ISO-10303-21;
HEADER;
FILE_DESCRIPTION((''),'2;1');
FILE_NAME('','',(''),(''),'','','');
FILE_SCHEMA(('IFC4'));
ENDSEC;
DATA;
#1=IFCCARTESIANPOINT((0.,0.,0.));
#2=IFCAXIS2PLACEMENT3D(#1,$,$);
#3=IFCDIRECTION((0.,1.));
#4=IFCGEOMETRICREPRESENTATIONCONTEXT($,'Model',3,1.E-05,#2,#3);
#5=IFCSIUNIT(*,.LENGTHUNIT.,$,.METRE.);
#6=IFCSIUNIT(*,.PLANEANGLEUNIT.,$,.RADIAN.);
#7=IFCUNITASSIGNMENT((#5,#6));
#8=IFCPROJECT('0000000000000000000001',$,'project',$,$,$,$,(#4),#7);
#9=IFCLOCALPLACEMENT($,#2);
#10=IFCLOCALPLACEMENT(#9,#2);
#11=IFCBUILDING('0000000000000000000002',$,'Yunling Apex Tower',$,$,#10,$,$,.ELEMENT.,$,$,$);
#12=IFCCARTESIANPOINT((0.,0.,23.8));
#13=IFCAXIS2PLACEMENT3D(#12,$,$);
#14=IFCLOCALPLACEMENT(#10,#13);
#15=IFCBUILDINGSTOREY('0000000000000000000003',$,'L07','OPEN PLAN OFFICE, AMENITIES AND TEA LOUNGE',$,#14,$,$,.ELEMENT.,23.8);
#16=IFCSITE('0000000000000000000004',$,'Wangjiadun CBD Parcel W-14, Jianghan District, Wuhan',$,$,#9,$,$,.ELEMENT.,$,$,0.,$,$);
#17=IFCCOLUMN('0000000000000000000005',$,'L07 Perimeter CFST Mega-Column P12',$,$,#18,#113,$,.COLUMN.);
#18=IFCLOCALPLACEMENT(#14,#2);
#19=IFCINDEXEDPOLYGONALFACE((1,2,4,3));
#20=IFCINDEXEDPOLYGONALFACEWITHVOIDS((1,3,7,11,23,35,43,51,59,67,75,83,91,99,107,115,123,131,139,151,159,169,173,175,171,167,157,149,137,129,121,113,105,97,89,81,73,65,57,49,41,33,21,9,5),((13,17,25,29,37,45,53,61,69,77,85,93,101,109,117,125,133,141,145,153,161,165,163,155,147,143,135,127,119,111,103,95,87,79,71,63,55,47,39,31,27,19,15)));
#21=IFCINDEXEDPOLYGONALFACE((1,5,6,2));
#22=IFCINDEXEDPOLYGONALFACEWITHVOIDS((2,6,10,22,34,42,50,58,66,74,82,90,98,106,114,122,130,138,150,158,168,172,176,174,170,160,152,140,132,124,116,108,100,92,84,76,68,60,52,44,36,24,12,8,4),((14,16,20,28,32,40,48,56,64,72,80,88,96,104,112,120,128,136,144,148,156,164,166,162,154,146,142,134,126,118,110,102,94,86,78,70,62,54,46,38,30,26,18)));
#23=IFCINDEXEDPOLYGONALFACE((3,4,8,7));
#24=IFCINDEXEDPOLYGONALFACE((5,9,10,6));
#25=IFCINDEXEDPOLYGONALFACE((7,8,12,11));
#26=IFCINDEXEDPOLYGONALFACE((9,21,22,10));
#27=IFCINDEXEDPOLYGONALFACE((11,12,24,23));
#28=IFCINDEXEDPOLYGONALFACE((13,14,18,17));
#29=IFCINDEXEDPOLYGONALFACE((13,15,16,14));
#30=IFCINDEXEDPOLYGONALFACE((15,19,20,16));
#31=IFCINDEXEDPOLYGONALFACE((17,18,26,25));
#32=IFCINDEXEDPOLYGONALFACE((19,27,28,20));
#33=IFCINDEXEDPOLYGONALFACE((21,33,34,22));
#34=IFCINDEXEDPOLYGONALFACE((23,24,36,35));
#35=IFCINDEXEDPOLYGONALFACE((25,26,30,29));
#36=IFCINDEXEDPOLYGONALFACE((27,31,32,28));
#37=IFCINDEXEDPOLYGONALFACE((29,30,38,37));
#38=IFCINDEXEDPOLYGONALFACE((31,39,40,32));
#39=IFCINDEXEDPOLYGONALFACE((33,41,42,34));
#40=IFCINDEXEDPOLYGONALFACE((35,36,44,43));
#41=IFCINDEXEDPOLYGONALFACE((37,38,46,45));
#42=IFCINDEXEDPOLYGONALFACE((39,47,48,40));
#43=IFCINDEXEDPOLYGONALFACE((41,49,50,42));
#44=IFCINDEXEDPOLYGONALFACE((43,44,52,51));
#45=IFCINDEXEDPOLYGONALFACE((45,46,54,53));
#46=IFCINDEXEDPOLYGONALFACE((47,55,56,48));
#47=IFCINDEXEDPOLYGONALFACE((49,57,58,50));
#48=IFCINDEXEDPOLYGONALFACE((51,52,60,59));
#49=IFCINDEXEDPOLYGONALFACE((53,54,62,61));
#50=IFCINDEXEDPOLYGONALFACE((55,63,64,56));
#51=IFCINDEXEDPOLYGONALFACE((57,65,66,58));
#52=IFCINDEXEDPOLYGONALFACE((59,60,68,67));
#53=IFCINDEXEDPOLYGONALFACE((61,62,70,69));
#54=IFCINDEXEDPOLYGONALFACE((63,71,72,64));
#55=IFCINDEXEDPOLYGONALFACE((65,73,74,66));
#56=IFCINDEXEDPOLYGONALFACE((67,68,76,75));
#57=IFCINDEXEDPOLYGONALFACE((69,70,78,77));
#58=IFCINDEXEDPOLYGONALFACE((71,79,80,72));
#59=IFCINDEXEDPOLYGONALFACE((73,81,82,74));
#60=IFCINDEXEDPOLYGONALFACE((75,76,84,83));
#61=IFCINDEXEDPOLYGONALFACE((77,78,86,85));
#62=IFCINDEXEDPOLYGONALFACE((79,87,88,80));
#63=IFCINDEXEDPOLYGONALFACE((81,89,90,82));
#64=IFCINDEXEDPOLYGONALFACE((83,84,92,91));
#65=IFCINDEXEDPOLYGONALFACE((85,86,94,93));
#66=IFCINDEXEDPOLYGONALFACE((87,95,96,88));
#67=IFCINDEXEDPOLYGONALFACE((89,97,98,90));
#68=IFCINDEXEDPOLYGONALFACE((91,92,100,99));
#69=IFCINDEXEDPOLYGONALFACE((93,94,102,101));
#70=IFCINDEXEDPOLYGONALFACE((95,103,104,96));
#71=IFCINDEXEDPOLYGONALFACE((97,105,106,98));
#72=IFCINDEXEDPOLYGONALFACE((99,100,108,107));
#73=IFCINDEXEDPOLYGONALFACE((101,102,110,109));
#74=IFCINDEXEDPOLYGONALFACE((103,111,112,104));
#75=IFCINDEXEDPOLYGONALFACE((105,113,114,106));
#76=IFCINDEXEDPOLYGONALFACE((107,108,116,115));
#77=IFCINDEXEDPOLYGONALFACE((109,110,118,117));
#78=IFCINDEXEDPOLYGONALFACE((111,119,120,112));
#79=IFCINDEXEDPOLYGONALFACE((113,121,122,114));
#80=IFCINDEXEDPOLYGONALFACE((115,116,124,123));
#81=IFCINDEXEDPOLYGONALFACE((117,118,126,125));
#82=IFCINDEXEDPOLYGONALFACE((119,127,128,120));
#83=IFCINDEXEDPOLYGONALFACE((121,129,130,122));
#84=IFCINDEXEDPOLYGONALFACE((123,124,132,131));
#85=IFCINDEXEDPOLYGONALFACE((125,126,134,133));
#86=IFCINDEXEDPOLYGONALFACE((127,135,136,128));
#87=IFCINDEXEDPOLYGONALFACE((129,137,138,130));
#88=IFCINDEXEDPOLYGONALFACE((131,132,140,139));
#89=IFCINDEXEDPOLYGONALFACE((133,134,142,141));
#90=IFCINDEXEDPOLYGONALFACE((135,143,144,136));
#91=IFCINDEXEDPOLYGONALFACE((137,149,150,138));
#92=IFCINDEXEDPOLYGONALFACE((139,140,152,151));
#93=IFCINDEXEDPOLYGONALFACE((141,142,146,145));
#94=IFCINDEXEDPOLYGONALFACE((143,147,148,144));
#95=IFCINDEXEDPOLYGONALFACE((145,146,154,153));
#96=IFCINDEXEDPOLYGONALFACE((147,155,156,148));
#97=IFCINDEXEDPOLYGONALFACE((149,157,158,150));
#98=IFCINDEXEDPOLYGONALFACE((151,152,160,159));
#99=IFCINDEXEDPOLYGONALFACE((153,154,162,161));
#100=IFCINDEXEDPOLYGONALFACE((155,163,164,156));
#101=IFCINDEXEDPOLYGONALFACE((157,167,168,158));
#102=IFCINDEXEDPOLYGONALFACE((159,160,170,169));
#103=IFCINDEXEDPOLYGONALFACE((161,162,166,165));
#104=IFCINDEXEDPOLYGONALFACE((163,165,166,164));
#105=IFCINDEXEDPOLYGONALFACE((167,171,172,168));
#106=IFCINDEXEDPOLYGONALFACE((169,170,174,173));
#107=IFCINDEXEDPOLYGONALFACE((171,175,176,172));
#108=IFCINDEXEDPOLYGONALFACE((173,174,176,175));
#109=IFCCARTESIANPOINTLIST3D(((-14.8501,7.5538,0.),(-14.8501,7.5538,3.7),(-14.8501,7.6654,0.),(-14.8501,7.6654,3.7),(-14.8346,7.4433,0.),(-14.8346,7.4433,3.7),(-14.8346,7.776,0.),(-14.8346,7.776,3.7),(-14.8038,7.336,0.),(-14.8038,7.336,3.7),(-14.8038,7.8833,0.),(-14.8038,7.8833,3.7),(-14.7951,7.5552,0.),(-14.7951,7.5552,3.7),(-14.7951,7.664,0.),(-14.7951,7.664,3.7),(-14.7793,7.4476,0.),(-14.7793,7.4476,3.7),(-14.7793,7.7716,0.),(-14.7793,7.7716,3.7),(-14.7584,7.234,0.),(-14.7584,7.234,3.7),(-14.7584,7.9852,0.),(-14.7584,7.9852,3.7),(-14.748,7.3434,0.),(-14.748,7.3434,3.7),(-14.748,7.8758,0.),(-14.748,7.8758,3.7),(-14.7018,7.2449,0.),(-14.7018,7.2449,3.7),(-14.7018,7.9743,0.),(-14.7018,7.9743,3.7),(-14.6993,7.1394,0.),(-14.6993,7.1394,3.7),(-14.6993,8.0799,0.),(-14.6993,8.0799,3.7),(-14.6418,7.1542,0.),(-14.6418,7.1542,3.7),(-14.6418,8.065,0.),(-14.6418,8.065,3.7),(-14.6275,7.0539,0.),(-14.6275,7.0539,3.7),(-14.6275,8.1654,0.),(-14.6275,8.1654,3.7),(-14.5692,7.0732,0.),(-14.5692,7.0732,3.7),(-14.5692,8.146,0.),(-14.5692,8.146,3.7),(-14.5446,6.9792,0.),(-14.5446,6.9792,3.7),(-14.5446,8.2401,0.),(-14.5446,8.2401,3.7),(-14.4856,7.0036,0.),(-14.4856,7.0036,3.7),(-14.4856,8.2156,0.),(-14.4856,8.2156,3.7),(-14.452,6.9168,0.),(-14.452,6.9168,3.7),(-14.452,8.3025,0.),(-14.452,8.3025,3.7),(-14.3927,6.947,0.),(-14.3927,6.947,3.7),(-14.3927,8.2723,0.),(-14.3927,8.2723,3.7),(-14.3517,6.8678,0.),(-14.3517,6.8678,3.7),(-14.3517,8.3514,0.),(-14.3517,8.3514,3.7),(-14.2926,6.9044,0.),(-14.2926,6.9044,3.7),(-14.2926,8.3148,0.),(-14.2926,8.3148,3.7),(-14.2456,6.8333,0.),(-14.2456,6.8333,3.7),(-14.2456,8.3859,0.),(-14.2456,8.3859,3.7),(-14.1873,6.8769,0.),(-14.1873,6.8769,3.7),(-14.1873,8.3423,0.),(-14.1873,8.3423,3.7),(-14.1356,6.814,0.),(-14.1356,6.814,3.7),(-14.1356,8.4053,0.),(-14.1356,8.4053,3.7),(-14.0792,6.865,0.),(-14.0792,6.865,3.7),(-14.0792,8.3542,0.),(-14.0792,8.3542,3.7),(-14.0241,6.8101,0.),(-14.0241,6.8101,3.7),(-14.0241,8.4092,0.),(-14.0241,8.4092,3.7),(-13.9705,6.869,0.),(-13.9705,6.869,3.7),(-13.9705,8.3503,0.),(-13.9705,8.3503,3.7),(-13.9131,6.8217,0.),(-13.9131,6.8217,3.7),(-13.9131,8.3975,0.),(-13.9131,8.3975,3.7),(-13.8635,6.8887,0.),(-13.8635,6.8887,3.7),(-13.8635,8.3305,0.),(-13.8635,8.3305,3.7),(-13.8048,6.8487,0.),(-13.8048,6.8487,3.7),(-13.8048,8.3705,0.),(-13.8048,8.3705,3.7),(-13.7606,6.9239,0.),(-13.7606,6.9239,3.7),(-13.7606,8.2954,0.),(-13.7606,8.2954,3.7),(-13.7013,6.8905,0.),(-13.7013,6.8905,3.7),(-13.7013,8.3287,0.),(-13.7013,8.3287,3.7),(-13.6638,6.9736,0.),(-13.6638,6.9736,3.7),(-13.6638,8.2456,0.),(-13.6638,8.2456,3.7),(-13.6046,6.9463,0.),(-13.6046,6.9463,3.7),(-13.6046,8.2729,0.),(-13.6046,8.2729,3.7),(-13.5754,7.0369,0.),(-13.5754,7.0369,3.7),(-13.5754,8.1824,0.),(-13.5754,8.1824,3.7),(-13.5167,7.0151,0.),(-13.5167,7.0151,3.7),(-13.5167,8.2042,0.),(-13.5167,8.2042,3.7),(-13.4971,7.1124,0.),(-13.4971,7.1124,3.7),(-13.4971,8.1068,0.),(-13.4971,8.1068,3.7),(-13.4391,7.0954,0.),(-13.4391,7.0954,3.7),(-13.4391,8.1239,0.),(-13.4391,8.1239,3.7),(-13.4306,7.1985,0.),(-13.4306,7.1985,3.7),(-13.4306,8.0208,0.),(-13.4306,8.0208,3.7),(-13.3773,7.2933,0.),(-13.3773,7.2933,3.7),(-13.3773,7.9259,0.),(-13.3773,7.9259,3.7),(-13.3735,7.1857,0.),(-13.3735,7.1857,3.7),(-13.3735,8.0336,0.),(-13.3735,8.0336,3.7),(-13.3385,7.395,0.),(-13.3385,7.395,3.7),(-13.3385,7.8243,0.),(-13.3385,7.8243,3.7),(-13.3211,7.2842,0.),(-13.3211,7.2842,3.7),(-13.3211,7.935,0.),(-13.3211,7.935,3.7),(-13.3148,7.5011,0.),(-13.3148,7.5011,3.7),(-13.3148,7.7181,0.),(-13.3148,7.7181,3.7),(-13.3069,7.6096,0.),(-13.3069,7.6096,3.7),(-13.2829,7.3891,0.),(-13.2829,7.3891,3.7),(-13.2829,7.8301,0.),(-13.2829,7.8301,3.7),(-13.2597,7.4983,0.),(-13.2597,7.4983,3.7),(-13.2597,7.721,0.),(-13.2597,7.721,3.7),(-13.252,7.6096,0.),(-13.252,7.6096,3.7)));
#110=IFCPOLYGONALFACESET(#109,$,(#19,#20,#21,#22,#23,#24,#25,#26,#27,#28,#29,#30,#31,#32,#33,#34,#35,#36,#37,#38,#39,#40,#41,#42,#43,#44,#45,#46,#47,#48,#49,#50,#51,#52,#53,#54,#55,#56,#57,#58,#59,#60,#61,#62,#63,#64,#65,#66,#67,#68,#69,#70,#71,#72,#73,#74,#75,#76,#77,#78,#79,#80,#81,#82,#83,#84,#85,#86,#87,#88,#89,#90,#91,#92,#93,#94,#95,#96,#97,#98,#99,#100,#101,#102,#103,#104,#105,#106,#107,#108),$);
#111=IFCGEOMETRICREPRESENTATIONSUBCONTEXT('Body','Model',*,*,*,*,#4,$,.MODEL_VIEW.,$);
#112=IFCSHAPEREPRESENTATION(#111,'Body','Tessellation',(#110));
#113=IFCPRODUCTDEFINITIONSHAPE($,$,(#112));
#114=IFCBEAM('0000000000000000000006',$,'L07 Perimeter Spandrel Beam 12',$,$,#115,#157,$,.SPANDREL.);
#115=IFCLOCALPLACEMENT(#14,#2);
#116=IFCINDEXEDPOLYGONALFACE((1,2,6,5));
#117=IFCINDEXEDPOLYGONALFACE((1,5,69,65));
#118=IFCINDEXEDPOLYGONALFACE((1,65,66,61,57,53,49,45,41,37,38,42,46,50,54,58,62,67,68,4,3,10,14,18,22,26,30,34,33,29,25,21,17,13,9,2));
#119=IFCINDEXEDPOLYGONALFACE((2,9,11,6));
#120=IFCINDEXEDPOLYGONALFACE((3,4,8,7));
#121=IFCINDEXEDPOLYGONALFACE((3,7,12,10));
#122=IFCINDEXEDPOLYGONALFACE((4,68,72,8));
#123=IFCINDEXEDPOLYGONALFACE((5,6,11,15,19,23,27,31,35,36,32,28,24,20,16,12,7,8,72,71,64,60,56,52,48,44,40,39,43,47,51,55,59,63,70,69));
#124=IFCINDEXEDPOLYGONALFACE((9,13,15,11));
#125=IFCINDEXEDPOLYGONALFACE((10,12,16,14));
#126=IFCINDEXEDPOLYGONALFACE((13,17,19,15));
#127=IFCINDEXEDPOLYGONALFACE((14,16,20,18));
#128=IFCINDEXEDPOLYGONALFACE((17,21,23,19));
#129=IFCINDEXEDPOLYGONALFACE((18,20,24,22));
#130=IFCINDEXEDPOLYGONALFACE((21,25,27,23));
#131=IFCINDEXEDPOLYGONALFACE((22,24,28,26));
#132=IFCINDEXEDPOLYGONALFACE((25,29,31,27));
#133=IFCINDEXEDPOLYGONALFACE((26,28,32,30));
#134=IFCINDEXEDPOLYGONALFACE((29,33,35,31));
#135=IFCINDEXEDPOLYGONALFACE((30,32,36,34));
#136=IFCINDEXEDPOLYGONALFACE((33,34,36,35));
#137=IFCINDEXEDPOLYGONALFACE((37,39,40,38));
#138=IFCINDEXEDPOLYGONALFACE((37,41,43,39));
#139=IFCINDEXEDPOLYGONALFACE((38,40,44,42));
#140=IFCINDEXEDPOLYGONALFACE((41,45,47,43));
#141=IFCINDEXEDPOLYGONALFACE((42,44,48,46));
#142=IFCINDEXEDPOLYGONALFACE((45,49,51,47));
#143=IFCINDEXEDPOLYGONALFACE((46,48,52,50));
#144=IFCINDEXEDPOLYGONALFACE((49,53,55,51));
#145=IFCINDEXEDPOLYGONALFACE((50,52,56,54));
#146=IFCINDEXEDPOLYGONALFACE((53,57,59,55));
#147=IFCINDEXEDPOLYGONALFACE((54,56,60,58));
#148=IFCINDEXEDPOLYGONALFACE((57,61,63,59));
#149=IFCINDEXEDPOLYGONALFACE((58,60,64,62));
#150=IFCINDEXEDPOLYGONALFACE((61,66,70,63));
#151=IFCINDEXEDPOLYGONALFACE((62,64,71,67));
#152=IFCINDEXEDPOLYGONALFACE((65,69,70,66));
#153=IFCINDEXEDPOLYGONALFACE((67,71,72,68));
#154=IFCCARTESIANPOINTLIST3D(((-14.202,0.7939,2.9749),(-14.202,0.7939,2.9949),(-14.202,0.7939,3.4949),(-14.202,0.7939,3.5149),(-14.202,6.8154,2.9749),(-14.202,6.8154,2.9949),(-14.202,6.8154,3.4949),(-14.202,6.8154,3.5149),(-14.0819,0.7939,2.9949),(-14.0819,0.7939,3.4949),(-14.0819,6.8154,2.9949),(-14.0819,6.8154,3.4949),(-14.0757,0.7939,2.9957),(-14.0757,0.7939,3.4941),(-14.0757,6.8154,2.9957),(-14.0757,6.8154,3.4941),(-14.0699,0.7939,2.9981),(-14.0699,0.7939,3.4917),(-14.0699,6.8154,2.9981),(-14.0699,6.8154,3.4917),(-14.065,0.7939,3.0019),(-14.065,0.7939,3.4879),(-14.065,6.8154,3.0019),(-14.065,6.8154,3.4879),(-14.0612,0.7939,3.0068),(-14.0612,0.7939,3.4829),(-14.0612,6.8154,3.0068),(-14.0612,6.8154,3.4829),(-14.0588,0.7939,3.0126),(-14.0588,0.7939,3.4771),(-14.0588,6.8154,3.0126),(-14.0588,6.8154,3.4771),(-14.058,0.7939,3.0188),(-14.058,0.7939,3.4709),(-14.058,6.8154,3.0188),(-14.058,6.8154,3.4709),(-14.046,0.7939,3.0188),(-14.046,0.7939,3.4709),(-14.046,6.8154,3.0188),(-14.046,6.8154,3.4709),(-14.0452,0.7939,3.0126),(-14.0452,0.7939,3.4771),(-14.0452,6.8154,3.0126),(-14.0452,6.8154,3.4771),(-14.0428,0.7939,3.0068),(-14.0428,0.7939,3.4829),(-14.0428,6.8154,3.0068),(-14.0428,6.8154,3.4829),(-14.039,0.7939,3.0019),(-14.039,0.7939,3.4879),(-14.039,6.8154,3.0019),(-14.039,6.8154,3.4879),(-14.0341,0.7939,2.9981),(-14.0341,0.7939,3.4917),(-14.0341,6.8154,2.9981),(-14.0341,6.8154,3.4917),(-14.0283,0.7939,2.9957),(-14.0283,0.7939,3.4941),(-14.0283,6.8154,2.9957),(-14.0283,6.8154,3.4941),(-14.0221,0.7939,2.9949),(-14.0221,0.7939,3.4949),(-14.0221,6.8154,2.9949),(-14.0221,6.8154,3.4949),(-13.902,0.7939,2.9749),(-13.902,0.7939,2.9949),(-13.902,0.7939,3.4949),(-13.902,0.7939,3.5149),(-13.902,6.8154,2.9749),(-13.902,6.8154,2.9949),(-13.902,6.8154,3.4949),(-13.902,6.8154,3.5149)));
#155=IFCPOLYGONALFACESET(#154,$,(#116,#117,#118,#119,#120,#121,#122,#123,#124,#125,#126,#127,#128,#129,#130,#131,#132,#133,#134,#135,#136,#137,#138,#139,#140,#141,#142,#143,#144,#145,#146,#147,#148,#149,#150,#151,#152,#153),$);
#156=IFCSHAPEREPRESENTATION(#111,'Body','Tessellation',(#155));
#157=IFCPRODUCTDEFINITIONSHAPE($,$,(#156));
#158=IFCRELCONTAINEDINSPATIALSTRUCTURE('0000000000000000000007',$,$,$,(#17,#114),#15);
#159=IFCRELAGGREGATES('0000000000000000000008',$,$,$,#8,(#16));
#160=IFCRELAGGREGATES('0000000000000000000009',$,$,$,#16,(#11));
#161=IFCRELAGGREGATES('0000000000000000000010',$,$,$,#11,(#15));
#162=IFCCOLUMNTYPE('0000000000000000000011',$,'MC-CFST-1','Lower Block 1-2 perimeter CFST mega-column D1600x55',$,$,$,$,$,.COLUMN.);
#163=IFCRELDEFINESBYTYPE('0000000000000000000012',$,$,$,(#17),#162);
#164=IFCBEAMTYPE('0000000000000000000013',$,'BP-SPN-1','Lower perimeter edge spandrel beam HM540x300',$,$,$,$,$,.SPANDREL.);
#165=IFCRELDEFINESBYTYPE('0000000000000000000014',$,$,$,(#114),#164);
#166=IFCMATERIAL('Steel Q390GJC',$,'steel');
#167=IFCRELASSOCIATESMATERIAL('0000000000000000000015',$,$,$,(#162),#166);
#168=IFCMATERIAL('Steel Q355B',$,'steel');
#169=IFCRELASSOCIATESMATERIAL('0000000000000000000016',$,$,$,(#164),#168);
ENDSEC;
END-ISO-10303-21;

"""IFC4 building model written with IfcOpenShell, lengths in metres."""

from ifc_helpers import new_model, si_unit, direction, frame, origin, origin_2d, place, context, subcontext, project, spatial, hollow_circle, i_section, extrude, source, transform, mapped, material, material_profile, profile_set, type_object, element, save


model = new_model("IFC4")

# Units and contexts
model_context = context("Model", 3, precision=1e-05, world=origin(), true_north=direction((0.0, 1.0)))
body_context = subcontext(model_context, "Body", "Model", "MODEL_VIEW")
ifc_project = project(units=[si_unit("LENGTHUNIT", "METRE"), si_unit("PLANEANGLEUNIT", "RADIAN")], contexts=[model_context])

# Site, building, storey
site_placement = place(None, origin())
site = spatial("IfcSite", under=ifc_project, at=site_placement, Name="Wangjiadun CBD Parcel W-14, Jianghan District, Wuhan", CompositionType="ELEMENT", RefElevation=0.0)
building_placement = place(site_placement, origin())
building = spatial("IfcBuilding", under=site, at=building_placement, Name="Yunling Apex Tower", CompositionType="ELEMENT")
storey_placement = place(building_placement, frame((0.0, 0.0, 23.8)))
storey = spatial("IfcBuildingStorey", under=building, at=storey_placement, Name="L07", Description="OPEN PLAN OFFICE, AMENITIES AND TEA LOUNGE", CompositionType="ELEMENT", Elevation=23.8)

# Column
ifc_material_1 = material(Name="Steel Q390GJC", Category="steel")
ifc_material_profile_1 = material_profile(ifc_material_1, hollow_circle(Radius=0.8, WallThickness=0.0549, at=origin_2d()))
ifc_profile_set_1 = profile_set([ifc_material_profile_1], Name="Steel Q390GJC")
column_type = type_object("IfcColumnType", Name="MC-CFST-1", Description="Lower Block 1-2 perimeter CFST mega-column D1600x55", PredefinedType="COLUMN", material=ifc_profile_set_1)
shared_shape_1 = source(origin(), body_context, "Body", "SweptSolid", [
    extrude(hollow_circle(Radius=0.8, WallThickness=0.0549, at=origin_2d()), origin(), (0.0, 0.0, 1.0), 3.7),
])
column_placement = place(storey_placement, frame((-14.052, 7.6096, 0.0), z_axis=(0.0, 0.0, 1.0), x_axis=(1.0, 0.0, 0.0)))
element("IfcColumn", 1, at=column_placement, inside=storey, type_object=column_type, Name="L07 Perimeter CFST Mega-Column P12", PredefinedType="COLUMN", context=body_context, shape_type="MappedRepresentation", body=[
    mapped(shared_shape_1, transform((0.0, 0.0, 0.0), scale=1.0)),
])

# Beam
ifc_material_2 = material(Name="Steel Q355B", Category="steel")
ifc_material_profile_2 = material_profile(ifc_material_2, i_section(OverallWidth=0.3, OverallDepth=0.54, WebThickness=0.012, FlangeThickness=0.02, FilletRadius=0.0239, at=origin_2d()))
ifc_profile_set_2 = profile_set([ifc_material_profile_2], Name="Steel Q355B")
beam_type_1 = type_object("IfcBeamType", Name="BP-SPN-1", Description="Lower perimeter edge spandrel beam HM540x300", PredefinedType="SPANDREL", material=ifc_profile_set_2)
shared_shape_2 = source(origin(), body_context, "Body", "SweptSolid", [
    extrude(i_section(OverallWidth=0.3, OverallDepth=0.54, WebThickness=0.012, FlangeThickness=0.02, FilletRadius=0.0239, at=origin_2d()), origin(), (0.0, 0.0, 1.0), 6.0215),
])
beam_1_placement = place(storey_placement, frame((-14.052, 6.8154, 3.2449), z_axis=(0.0, -1.0, 0.0), x_axis=(1.0, 0.0, 0.0)))
element("IfcBeam", 2, at=beam_1_placement, inside=storey, type_object=beam_type_1, Name="L07 Perimeter Spandrel Beam 12", PredefinedType="SPANDREL", context=body_context, shape_type="MappedRepresentation", body=[
    mapped(shared_shape_2, transform((0.0, 0.0, 0.0), scale=1.0)),
])

save(model, "model.ifc")
